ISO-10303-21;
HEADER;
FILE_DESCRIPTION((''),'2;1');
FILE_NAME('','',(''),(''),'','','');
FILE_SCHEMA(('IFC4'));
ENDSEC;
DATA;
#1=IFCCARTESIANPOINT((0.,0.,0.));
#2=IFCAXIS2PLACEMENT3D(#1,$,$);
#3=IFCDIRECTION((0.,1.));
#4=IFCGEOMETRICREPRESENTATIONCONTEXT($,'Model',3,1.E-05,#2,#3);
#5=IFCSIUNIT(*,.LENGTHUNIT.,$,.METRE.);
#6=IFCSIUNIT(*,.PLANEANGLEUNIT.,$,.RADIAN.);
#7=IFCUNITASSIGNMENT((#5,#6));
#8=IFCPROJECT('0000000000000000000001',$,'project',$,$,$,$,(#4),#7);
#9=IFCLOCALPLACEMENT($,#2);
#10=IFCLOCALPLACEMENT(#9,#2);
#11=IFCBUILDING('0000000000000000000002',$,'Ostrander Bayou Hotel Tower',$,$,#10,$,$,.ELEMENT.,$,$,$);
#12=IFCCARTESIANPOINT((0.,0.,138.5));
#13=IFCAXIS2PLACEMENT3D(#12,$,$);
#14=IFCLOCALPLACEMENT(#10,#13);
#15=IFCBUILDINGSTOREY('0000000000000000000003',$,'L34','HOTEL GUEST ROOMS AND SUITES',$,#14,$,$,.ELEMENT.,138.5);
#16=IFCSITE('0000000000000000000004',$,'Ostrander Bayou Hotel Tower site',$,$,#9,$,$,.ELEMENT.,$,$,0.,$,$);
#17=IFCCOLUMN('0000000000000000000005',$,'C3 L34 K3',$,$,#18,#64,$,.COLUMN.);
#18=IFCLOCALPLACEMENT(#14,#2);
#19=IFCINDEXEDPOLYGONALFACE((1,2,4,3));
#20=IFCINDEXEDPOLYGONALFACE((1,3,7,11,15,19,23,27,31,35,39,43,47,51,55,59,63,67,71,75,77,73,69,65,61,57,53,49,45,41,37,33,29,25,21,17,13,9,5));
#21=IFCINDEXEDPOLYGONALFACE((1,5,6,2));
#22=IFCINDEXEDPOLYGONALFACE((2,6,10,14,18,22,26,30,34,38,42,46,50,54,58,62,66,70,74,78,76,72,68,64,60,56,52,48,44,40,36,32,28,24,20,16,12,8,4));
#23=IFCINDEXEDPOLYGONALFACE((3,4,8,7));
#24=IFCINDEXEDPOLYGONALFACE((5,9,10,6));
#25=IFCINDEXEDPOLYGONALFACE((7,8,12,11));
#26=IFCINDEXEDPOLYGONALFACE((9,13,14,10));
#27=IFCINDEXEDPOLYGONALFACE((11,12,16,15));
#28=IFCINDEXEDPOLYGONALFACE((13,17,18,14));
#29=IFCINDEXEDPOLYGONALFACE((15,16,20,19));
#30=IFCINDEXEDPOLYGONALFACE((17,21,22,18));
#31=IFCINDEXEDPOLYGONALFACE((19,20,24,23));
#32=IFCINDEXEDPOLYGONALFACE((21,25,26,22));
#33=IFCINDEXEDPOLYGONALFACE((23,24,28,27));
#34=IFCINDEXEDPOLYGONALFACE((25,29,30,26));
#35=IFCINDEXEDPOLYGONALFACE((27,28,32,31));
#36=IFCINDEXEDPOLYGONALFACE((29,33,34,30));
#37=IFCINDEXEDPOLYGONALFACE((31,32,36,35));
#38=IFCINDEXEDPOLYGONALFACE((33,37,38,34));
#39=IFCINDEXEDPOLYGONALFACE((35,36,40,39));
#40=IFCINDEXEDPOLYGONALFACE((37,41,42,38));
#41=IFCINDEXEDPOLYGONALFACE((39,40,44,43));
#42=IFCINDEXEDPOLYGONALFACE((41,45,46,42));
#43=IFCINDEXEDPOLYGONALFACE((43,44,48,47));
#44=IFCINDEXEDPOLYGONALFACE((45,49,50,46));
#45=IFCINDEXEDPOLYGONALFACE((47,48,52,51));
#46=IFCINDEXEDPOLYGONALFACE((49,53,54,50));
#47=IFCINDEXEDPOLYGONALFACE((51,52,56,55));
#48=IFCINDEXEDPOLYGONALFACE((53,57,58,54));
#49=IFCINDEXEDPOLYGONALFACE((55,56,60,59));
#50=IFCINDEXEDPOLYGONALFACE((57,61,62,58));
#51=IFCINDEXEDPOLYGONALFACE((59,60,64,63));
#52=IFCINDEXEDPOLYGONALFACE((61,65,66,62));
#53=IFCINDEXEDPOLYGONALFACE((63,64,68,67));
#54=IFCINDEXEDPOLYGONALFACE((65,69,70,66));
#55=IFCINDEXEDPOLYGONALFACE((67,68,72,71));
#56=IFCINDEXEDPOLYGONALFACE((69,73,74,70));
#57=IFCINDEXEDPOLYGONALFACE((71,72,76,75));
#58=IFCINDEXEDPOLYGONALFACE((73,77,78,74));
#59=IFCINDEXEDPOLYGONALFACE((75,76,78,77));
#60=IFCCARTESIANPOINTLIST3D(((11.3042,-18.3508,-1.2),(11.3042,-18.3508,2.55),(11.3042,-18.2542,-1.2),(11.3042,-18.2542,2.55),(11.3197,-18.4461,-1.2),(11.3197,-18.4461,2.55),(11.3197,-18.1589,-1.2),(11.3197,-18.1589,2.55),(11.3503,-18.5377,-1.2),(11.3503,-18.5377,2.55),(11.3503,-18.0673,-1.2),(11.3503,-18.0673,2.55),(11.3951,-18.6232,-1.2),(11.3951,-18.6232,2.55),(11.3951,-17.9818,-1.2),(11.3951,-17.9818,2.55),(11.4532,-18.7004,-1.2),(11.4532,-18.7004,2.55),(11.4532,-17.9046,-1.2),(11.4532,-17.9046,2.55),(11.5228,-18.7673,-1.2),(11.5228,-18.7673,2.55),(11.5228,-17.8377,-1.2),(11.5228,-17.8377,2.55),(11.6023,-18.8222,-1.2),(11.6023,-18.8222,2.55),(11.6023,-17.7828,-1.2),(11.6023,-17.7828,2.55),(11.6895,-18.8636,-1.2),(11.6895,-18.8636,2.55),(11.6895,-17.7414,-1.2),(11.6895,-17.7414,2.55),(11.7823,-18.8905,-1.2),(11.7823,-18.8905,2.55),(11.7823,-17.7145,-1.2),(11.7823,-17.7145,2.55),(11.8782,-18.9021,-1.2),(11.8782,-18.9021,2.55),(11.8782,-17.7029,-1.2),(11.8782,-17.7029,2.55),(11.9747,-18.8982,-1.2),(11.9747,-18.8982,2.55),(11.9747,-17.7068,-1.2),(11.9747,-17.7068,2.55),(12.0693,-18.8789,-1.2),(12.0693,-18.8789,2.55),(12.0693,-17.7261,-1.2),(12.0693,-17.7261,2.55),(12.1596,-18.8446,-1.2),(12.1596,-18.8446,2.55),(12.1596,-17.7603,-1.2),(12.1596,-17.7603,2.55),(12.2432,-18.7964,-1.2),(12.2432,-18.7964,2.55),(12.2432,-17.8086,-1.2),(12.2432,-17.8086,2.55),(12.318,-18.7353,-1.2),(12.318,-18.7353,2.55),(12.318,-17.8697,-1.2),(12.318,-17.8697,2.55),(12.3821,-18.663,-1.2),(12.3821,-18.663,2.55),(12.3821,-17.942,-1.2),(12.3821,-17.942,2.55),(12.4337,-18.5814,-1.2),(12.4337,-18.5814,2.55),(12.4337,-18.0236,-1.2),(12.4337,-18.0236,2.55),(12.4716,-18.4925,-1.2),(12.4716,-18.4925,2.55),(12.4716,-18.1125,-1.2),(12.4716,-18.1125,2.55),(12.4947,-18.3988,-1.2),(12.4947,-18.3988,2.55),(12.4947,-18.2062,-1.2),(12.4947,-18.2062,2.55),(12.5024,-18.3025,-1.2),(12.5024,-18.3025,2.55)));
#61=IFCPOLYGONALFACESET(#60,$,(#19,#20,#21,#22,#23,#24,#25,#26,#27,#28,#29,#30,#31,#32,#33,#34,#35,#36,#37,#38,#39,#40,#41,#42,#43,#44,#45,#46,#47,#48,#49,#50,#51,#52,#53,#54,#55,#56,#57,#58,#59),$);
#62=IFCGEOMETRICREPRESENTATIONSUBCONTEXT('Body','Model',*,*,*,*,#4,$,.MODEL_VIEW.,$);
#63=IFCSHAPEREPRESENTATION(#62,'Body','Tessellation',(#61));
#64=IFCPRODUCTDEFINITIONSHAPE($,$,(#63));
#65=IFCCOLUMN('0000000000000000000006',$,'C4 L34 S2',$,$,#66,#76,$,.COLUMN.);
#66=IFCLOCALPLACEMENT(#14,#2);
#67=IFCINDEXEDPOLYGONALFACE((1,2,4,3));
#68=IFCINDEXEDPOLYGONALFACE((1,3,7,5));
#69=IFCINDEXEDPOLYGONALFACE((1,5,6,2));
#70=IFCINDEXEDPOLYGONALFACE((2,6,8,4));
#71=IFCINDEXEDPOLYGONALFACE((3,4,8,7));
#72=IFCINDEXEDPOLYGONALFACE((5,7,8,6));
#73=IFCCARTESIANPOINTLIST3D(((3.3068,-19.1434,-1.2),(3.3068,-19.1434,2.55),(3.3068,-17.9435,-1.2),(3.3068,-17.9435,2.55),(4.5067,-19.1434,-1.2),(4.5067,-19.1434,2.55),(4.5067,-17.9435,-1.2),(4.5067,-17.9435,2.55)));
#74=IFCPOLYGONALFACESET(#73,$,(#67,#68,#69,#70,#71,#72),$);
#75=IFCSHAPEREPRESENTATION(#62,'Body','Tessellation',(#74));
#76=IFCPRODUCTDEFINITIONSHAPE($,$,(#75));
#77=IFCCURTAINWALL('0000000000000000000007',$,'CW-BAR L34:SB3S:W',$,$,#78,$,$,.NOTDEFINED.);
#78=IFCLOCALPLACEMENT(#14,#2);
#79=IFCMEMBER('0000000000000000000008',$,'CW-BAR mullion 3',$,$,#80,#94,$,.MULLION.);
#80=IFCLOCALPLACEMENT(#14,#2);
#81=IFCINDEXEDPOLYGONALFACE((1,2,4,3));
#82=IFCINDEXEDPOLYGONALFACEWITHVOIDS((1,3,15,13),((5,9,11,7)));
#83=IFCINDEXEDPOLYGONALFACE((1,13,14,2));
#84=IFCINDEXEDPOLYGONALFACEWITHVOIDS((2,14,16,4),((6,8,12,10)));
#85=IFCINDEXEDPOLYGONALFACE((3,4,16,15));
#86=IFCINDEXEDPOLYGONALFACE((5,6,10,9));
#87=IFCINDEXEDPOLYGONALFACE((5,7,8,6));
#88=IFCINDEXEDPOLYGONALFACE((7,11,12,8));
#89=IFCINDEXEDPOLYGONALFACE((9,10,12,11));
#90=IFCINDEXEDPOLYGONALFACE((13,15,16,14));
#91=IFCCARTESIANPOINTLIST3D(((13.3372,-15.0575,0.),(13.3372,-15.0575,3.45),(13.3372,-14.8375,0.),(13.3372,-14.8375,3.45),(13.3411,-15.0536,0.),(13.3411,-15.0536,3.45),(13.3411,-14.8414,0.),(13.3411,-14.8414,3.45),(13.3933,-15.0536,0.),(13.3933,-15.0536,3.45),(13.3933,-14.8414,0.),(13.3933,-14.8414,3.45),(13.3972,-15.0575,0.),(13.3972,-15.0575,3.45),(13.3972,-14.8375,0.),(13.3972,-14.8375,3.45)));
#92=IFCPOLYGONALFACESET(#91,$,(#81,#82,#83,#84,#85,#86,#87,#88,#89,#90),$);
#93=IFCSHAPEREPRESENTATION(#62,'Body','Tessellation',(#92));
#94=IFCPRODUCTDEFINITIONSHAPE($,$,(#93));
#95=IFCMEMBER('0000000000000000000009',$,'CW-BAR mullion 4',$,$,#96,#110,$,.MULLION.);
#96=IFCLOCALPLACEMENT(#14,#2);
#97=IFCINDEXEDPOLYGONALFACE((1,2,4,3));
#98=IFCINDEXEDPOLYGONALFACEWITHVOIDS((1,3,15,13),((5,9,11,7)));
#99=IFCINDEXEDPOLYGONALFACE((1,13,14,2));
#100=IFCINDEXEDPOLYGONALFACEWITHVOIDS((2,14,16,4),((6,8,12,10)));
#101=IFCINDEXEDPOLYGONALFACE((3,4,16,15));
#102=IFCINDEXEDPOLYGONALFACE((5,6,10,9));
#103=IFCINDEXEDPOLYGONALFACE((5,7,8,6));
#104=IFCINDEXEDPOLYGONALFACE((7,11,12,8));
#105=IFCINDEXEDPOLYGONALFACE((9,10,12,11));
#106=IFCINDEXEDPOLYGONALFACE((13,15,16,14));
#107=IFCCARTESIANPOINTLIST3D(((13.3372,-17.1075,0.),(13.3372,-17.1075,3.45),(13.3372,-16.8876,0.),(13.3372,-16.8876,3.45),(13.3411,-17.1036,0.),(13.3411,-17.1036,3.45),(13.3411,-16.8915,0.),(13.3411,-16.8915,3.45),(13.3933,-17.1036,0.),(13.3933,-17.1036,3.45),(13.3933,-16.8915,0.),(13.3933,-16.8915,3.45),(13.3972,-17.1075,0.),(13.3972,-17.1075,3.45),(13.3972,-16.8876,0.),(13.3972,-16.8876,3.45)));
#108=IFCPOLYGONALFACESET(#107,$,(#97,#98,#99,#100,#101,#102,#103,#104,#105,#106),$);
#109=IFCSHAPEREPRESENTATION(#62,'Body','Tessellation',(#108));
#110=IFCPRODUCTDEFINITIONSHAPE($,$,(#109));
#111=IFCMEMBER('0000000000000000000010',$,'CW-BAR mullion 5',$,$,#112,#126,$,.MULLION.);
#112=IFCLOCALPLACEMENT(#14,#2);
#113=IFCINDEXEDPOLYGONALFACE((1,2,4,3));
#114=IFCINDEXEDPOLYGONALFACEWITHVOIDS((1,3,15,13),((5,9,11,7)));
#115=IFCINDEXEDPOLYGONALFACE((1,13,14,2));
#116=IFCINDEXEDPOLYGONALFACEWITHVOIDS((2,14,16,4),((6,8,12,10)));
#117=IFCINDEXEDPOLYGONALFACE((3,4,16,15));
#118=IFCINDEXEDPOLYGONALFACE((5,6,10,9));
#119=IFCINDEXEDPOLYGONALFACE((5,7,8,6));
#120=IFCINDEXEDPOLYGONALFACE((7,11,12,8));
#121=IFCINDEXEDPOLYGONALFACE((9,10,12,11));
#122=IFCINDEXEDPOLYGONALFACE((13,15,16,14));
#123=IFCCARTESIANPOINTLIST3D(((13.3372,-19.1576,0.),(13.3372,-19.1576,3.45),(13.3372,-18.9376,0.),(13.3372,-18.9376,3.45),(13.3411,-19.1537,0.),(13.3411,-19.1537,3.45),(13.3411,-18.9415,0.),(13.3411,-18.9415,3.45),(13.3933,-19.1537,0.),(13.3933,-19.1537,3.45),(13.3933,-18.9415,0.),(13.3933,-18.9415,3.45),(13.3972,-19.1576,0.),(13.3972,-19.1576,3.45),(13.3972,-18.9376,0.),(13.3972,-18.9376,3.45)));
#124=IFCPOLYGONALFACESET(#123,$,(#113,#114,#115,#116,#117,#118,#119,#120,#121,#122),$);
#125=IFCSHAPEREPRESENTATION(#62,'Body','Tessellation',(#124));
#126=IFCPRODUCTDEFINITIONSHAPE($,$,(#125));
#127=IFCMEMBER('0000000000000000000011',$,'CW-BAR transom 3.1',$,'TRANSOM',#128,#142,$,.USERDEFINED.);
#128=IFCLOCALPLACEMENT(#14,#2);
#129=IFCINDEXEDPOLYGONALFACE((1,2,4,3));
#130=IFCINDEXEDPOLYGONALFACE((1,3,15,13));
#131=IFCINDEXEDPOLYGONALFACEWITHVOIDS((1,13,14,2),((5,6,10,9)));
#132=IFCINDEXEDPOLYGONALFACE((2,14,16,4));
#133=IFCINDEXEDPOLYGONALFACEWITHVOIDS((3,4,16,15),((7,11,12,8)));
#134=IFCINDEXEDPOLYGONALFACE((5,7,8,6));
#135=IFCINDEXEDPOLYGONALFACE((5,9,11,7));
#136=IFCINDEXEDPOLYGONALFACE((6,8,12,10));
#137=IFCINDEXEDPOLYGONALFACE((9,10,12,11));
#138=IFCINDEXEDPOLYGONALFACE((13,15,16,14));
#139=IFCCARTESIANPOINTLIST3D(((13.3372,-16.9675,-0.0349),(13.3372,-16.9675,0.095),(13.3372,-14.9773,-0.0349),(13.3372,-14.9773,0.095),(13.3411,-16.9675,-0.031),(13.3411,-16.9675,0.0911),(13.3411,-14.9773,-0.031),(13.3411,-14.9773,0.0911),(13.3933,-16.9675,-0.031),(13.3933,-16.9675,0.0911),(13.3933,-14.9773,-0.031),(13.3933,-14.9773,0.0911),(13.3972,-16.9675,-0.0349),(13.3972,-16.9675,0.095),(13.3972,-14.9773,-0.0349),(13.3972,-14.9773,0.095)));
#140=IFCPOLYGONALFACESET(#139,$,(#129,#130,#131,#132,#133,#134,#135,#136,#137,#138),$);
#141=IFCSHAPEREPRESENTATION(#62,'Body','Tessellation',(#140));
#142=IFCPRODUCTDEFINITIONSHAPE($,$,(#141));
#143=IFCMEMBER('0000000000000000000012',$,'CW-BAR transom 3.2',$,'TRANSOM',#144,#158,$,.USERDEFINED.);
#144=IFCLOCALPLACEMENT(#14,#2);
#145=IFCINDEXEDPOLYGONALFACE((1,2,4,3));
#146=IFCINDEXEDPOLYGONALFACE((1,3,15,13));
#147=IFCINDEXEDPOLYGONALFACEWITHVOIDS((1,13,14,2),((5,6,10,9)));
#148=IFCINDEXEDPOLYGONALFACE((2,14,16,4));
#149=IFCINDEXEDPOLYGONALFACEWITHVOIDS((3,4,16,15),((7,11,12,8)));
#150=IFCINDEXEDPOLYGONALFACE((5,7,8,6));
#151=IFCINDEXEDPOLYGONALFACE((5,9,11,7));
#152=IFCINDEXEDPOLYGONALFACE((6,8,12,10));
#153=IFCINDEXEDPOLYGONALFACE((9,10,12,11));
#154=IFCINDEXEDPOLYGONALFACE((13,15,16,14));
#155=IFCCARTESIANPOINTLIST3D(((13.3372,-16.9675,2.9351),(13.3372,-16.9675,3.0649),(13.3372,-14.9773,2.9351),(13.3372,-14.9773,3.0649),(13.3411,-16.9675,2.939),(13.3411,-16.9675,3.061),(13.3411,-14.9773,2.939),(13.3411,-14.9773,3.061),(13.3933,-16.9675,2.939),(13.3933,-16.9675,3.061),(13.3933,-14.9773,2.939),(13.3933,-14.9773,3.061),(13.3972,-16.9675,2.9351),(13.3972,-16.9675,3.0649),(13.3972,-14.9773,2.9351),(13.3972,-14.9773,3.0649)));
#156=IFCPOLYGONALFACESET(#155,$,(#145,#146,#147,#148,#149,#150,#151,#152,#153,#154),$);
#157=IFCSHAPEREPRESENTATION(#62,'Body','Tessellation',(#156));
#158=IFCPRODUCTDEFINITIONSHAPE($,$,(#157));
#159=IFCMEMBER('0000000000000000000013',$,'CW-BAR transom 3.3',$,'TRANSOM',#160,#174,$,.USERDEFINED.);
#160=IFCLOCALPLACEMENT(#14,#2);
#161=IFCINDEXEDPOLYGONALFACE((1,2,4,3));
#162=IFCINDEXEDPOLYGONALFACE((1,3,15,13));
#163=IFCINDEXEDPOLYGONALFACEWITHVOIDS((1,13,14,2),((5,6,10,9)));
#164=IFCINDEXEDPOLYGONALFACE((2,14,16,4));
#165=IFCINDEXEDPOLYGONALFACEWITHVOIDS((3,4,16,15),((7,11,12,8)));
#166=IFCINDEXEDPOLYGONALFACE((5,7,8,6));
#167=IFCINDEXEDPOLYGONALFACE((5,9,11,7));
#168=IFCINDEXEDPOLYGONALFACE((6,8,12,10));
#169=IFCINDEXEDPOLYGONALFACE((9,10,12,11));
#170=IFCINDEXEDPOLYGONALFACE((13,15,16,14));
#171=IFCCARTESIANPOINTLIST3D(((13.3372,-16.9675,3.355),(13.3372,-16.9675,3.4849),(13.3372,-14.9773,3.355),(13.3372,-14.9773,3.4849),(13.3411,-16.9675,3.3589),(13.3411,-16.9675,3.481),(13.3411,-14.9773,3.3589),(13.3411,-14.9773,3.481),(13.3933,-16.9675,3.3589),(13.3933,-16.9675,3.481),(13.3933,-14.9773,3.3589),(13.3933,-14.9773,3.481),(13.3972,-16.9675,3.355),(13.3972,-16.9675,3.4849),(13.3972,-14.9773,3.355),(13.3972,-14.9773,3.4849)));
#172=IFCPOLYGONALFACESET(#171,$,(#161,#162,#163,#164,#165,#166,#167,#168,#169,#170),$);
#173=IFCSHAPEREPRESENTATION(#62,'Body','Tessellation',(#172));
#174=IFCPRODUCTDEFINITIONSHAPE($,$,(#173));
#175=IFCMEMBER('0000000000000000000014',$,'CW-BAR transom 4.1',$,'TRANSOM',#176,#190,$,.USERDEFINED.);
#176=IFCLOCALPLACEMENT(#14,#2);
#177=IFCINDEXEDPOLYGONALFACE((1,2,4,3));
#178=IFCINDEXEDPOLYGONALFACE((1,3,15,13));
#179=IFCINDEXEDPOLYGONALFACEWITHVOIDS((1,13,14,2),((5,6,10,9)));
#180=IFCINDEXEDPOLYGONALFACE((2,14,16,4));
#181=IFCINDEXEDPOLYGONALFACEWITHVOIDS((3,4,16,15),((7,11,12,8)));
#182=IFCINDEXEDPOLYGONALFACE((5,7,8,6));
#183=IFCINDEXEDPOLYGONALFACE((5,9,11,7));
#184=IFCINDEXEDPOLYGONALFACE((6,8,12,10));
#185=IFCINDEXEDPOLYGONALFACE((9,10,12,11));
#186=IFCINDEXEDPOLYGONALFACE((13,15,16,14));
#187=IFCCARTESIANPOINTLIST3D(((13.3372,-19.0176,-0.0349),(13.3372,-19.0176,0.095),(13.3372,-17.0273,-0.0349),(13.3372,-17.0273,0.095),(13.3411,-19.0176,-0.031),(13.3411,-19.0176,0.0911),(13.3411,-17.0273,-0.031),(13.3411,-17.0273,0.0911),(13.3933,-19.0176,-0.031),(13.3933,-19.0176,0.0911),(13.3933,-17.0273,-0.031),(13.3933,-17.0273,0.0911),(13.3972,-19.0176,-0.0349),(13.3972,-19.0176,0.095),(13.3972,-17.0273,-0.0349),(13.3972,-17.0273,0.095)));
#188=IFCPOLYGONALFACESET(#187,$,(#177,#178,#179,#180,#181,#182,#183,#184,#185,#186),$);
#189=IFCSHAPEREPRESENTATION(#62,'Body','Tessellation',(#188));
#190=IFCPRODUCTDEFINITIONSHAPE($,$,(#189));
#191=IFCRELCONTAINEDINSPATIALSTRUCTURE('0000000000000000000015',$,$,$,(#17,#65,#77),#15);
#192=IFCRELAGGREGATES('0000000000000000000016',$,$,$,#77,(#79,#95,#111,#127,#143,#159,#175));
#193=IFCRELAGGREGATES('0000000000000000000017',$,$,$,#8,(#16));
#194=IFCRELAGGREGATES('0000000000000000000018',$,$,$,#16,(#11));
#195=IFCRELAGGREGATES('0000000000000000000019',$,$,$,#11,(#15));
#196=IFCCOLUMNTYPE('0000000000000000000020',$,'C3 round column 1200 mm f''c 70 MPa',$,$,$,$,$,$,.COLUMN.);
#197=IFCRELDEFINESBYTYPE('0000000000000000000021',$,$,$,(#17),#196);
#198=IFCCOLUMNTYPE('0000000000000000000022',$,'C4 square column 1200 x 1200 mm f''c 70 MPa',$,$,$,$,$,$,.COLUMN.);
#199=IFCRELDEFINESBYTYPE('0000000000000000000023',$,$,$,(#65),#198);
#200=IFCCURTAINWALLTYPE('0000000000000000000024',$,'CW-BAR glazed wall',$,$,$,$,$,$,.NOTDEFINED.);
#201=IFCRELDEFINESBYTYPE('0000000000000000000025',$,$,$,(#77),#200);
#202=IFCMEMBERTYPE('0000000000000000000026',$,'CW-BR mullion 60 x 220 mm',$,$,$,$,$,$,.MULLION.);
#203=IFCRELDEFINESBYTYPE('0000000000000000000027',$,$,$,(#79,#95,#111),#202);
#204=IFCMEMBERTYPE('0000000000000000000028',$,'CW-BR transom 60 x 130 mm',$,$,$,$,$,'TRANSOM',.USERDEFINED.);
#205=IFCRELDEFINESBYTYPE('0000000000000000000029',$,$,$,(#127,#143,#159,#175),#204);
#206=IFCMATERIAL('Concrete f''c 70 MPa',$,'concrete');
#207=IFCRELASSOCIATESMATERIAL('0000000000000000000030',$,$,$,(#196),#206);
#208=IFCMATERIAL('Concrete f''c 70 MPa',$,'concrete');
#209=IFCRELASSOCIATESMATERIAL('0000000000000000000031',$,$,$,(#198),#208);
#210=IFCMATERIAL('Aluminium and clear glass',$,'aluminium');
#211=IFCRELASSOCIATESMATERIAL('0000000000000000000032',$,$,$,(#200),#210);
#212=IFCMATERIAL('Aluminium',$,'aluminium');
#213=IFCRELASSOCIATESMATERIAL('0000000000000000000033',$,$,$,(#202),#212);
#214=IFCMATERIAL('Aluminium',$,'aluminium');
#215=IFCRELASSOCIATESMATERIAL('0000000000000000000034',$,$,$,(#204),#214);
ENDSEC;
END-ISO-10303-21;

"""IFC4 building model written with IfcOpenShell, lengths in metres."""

from ifc_helpers import new_model, si_unit, direction, frame, origin, origin_2d, place, context, subcontext, project, spatial, rectangle, hollow_rectangle, circle, extrude, material, material_profile, profile_set, type_object, element, aggregate, save


model = new_model("IFC4")

# Units and contexts
model_context = context("Model", 3, precision=1e-05, world=origin(), true_north=direction((0.0, 1.0)))
body_context = subcontext(model_context, "Body", "Model", "MODEL_VIEW")
ifc_project = project(units=[si_unit("LENGTHUNIT", "METRE"), si_unit("PLANEANGLEUNIT", "RADIAN")], contexts=[model_context])

# Site, building, storey
site_placement = place(None, origin())
site = spatial("IfcSite", under=ifc_project, at=site_placement, Name="Ostrander Bayou Hotel Tower site", CompositionType="ELEMENT", RefElevation=0.0)
building_placement = place(site_placement, origin())
building = spatial("IfcBuilding", under=site, at=building_placement, Name="Ostrander Bayou Hotel Tower", CompositionType="ELEMENT")
storey_placement = place(building_placement, frame((0.0, 0.0, 138.5)))
storey = spatial("IfcBuildingStorey", under=building, at=storey_placement, Name="L34", Description="HOTEL GUEST ROOMS AND SUITES", CompositionType="ELEMENT", Elevation=138.5)

# Columns
ifc_material_1 = material(Name="Concrete f'c 70 MPa", Category="concrete")
ifc_material_profile_1 = material_profile(ifc_material_1, circle(Radius=0.6001, at=origin_2d()))
ifc_profile_set_1 = profile_set([ifc_material_profile_1], Name="Concrete f'c 70 MPa")
column_type_1 = type_object("IfcColumnType", Name="C3 round column 1200 mm f'c 70 MPa", PredefinedType="COLUMN", material=ifc_profile_set_1)
column_1_placement = place(storey_placement, frame((11.9023, -18.3025, -1.2), z_axis=(0.0, 0.0, 1.0), x_axis=(1.0, 0.0, 0.0)))
element("IfcColumn", 1, at=column_1_placement, inside=storey, type_object=column_type_1, Name="C3 L34 K3", PredefinedType="COLUMN", context=body_context, shape_type="SweptSolid", body=[
    extrude(circle(Radius=0.6001, at=origin_2d()), origin(), (0.0, 0.0, 1.0), 3.75),
])
ifc_material_2 = material(Name="Concrete f'c 70 MPa", Category="concrete")
ifc_material_profile_2 = material_profile(ifc_material_2, rectangle(XDim=1.2, YDim=1.2, at=origin_2d()))
ifc_profile_set_2 = profile_set([ifc_material_profile_2], Name="Concrete f'c 70 MPa")
column_type_2 = type_object("IfcColumnType", Name="C4 square column 1200 x 1200 mm f'c 70 MPa", PredefinedType="COLUMN", material=ifc_profile_set_2)
column_2_placement = place(storey_placement, frame((3.9067, -18.5435, -1.2), z_axis=(0.0, 0.0, 1.0), x_axis=(-1.0, 0.0, 0.0)))
element("IfcColumn", 2, at=column_2_placement, inside=storey, type_object=column_type_2, Name="C4 L34 S2", PredefinedType="COLUMN", context=body_context, shape_type="SweptSolid", body=[
    extrude(rectangle(XDim=1.2, YDim=1.2, at=origin_2d()), origin(), (0.0, 0.0, 1.0), 3.75),
])

# Curtain wall, members
ifc_material_3 = material(Name="Aluminium and clear glass", Category="aluminium")
curtain_wall_type = type_object("IfcCurtainWallType", Name="CW-BAR glazed wall", PredefinedType="NOTDEFINED", material=ifc_material_3)
curtain_wall_placement = place(storey_placement, origin())
curtain_wall = element("IfcCurtainWall", 3, at=curtain_wall_placement, inside=storey, type_object=curtain_wall_type, Name="CW-BAR L34:SB3S:W", PredefinedType="NOTDEFINED")
ifc_material_4 = material(Name="Aluminium", Category="aluminium")
ifc_material_profile_3 = material_profile(ifc_material_4, hollow_rectangle(XDim=0.0601, YDim=0.22, WallThickness=0.0039, at=origin_2d()))
ifc_profile_set_3 = profile_set([ifc_material_profile_3], Name="Aluminium")
member_type_1 = type_object("IfcMemberType", Name="CW-BR mullion 60 x 220 mm", PredefinedType="MULLION", material=ifc_profile_set_3)
member_1_placement = place(storey_placement, frame((13.3672, -14.9475, 0.0), z_axis=(0.0, 0.0, 1.0), x_axis=(1.0, 0.0, 0.0)))
member_1 = element("IfcMember", 4, at=member_1_placement, type_object=member_type_1, Name="CW-BAR mullion 3", PredefinedType="MULLION", context=body_context, shape_type="SweptSolid", body=[
    extrude(hollow_rectangle(XDim=0.0601, YDim=0.22, WallThickness=0.0039, at=origin_2d()), origin(), (0.0, 0.0, 1.0), 3.45),
])
member_2_placement = place(storey_placement, frame((13.3672, -16.9976, 0.0), z_axis=(0.0, 0.0, 1.0), x_axis=(1.0, 0.0, 0.0)))
member_2 = element("IfcMember", 5, at=member_2_placement, type_object=member_type_1, Name="CW-BAR mullion 4", PredefinedType="MULLION", context=body_context, shape_type="SweptSolid", body=[
    extrude(hollow_rectangle(XDim=0.0601, YDim=0.22, WallThickness=0.0039, at=origin_2d()), origin(), (0.0, 0.0, 1.0), 3.45),
])
member_3_placement = place(storey_placement, frame((13.3672, -19.0476, 0.0), z_axis=(0.0, 0.0, 1.0), x_axis=(1.0, 0.0, 0.0)))
member_3 = element("IfcMember", 6, at=member_3_placement, type_object=member_type_1, Name="CW-BAR mullion 5", PredefinedType="MULLION", context=body_context, shape_type="SweptSolid", body=[
    extrude(hollow_rectangle(XDim=0.0601, YDim=0.22, WallThickness=0.0039, at=origin_2d()), origin(), (0.0, 0.0, 1.0), 3.45),
])
ifc_material_5 = material(Name="Aluminium", Category="aluminium")
ifc_material_profile_4 = material_profile(ifc_material_5, hollow_rectangle(XDim=0.0601, YDim=0.1299, WallThickness=0.0039, at=origin_2d()))
ifc_profile_set_4 = profile_set([ifc_material_profile_4], Name="Aluminium")
member_type_2 = type_object("IfcMemberType", Name="CW-BR transom 60 x 130 mm", ElementType="TRANSOM", PredefinedType="USERDEFINED", material=ifc_profile_set_4)
member_4_placement = place(storey_placement, frame((13.3672, -14.9773, 0.03), z_axis=(0.0, -1.0, 0.0), x_axis=(1.0, 0.0, 0.0)))
member_4 = element("IfcMember", 7, at=member_4_placement, type_object=member_type_2, Name="CW-BAR transom 3.1", ObjectType="TRANSOM", PredefinedType="USERDEFINED", context=body_context, shape_type="SweptSolid", body=[
    extrude(hollow_rectangle(XDim=0.0601, YDim=0.1299, WallThickness=0.0039, at=origin_2d()), origin(), (0.0, 0.0, 1.0), 1.9902),
])
member_5_placement = place(storey_placement, frame((13.3672, -14.9773, 3.0), z_axis=(0.0, -1.0, 0.0), x_axis=(1.0, 0.0, 0.0)))
member_5 = element("IfcMember", 8, at=member_5_placement, type_object=member_type_2, Name="CW-BAR transom 3.2", ObjectType="TRANSOM", PredefinedType="USERDEFINED", context=body_context, shape_type="SweptSolid", body=[
    extrude(hollow_rectangle(XDim=0.0601, YDim=0.1299, WallThickness=0.0039, at=origin_2d()), origin(), (0.0, 0.0, 1.0), 1.9902),
])
member_6_placement = place(storey_placement, frame((13.3672, -14.9773, 3.4199), z_axis=(0.0, -1.0, 0.0), x_axis=(1.0, 0.0, 0.0)))
member_6 = element("IfcMember", 9, at=member_6_placement, type_object=member_type_2, Name="CW-BAR transom 3.3", ObjectType="TRANSOM", PredefinedType="USERDEFINED", context=body_context, shape_type="SweptSolid", body=[
    extrude(hollow_rectangle(XDim=0.0601, YDim=0.1299, WallThickness=0.0039, at=origin_2d()), origin(), (0.0, 0.0, 1.0), 1.9902),
])
member_7_placement = place(storey_placement, frame((13.3672, -17.0273, 0.03), z_axis=(0.0, -1.0, 0.0), x_axis=(1.0, 0.0, 0.0)))
member_7 = element("IfcMember", 10, at=member_7_placement, type_object=member_type_2, Name="CW-BAR transom 4.1", ObjectType="TRANSOM", PredefinedType="USERDEFINED", context=body_context, shape_type="SweptSolid", body=[
    extrude(hollow_rectangle(XDim=0.0601, YDim=0.1299, WallThickness=0.0039, at=origin_2d()), origin(), (0.0, 0.0, 1.0), 1.9902),
])

aggregate(curtain_wall, [member_1, member_2, member_3, member_4, member_5, member_6, member_7])

save(model, "model.ifc")
